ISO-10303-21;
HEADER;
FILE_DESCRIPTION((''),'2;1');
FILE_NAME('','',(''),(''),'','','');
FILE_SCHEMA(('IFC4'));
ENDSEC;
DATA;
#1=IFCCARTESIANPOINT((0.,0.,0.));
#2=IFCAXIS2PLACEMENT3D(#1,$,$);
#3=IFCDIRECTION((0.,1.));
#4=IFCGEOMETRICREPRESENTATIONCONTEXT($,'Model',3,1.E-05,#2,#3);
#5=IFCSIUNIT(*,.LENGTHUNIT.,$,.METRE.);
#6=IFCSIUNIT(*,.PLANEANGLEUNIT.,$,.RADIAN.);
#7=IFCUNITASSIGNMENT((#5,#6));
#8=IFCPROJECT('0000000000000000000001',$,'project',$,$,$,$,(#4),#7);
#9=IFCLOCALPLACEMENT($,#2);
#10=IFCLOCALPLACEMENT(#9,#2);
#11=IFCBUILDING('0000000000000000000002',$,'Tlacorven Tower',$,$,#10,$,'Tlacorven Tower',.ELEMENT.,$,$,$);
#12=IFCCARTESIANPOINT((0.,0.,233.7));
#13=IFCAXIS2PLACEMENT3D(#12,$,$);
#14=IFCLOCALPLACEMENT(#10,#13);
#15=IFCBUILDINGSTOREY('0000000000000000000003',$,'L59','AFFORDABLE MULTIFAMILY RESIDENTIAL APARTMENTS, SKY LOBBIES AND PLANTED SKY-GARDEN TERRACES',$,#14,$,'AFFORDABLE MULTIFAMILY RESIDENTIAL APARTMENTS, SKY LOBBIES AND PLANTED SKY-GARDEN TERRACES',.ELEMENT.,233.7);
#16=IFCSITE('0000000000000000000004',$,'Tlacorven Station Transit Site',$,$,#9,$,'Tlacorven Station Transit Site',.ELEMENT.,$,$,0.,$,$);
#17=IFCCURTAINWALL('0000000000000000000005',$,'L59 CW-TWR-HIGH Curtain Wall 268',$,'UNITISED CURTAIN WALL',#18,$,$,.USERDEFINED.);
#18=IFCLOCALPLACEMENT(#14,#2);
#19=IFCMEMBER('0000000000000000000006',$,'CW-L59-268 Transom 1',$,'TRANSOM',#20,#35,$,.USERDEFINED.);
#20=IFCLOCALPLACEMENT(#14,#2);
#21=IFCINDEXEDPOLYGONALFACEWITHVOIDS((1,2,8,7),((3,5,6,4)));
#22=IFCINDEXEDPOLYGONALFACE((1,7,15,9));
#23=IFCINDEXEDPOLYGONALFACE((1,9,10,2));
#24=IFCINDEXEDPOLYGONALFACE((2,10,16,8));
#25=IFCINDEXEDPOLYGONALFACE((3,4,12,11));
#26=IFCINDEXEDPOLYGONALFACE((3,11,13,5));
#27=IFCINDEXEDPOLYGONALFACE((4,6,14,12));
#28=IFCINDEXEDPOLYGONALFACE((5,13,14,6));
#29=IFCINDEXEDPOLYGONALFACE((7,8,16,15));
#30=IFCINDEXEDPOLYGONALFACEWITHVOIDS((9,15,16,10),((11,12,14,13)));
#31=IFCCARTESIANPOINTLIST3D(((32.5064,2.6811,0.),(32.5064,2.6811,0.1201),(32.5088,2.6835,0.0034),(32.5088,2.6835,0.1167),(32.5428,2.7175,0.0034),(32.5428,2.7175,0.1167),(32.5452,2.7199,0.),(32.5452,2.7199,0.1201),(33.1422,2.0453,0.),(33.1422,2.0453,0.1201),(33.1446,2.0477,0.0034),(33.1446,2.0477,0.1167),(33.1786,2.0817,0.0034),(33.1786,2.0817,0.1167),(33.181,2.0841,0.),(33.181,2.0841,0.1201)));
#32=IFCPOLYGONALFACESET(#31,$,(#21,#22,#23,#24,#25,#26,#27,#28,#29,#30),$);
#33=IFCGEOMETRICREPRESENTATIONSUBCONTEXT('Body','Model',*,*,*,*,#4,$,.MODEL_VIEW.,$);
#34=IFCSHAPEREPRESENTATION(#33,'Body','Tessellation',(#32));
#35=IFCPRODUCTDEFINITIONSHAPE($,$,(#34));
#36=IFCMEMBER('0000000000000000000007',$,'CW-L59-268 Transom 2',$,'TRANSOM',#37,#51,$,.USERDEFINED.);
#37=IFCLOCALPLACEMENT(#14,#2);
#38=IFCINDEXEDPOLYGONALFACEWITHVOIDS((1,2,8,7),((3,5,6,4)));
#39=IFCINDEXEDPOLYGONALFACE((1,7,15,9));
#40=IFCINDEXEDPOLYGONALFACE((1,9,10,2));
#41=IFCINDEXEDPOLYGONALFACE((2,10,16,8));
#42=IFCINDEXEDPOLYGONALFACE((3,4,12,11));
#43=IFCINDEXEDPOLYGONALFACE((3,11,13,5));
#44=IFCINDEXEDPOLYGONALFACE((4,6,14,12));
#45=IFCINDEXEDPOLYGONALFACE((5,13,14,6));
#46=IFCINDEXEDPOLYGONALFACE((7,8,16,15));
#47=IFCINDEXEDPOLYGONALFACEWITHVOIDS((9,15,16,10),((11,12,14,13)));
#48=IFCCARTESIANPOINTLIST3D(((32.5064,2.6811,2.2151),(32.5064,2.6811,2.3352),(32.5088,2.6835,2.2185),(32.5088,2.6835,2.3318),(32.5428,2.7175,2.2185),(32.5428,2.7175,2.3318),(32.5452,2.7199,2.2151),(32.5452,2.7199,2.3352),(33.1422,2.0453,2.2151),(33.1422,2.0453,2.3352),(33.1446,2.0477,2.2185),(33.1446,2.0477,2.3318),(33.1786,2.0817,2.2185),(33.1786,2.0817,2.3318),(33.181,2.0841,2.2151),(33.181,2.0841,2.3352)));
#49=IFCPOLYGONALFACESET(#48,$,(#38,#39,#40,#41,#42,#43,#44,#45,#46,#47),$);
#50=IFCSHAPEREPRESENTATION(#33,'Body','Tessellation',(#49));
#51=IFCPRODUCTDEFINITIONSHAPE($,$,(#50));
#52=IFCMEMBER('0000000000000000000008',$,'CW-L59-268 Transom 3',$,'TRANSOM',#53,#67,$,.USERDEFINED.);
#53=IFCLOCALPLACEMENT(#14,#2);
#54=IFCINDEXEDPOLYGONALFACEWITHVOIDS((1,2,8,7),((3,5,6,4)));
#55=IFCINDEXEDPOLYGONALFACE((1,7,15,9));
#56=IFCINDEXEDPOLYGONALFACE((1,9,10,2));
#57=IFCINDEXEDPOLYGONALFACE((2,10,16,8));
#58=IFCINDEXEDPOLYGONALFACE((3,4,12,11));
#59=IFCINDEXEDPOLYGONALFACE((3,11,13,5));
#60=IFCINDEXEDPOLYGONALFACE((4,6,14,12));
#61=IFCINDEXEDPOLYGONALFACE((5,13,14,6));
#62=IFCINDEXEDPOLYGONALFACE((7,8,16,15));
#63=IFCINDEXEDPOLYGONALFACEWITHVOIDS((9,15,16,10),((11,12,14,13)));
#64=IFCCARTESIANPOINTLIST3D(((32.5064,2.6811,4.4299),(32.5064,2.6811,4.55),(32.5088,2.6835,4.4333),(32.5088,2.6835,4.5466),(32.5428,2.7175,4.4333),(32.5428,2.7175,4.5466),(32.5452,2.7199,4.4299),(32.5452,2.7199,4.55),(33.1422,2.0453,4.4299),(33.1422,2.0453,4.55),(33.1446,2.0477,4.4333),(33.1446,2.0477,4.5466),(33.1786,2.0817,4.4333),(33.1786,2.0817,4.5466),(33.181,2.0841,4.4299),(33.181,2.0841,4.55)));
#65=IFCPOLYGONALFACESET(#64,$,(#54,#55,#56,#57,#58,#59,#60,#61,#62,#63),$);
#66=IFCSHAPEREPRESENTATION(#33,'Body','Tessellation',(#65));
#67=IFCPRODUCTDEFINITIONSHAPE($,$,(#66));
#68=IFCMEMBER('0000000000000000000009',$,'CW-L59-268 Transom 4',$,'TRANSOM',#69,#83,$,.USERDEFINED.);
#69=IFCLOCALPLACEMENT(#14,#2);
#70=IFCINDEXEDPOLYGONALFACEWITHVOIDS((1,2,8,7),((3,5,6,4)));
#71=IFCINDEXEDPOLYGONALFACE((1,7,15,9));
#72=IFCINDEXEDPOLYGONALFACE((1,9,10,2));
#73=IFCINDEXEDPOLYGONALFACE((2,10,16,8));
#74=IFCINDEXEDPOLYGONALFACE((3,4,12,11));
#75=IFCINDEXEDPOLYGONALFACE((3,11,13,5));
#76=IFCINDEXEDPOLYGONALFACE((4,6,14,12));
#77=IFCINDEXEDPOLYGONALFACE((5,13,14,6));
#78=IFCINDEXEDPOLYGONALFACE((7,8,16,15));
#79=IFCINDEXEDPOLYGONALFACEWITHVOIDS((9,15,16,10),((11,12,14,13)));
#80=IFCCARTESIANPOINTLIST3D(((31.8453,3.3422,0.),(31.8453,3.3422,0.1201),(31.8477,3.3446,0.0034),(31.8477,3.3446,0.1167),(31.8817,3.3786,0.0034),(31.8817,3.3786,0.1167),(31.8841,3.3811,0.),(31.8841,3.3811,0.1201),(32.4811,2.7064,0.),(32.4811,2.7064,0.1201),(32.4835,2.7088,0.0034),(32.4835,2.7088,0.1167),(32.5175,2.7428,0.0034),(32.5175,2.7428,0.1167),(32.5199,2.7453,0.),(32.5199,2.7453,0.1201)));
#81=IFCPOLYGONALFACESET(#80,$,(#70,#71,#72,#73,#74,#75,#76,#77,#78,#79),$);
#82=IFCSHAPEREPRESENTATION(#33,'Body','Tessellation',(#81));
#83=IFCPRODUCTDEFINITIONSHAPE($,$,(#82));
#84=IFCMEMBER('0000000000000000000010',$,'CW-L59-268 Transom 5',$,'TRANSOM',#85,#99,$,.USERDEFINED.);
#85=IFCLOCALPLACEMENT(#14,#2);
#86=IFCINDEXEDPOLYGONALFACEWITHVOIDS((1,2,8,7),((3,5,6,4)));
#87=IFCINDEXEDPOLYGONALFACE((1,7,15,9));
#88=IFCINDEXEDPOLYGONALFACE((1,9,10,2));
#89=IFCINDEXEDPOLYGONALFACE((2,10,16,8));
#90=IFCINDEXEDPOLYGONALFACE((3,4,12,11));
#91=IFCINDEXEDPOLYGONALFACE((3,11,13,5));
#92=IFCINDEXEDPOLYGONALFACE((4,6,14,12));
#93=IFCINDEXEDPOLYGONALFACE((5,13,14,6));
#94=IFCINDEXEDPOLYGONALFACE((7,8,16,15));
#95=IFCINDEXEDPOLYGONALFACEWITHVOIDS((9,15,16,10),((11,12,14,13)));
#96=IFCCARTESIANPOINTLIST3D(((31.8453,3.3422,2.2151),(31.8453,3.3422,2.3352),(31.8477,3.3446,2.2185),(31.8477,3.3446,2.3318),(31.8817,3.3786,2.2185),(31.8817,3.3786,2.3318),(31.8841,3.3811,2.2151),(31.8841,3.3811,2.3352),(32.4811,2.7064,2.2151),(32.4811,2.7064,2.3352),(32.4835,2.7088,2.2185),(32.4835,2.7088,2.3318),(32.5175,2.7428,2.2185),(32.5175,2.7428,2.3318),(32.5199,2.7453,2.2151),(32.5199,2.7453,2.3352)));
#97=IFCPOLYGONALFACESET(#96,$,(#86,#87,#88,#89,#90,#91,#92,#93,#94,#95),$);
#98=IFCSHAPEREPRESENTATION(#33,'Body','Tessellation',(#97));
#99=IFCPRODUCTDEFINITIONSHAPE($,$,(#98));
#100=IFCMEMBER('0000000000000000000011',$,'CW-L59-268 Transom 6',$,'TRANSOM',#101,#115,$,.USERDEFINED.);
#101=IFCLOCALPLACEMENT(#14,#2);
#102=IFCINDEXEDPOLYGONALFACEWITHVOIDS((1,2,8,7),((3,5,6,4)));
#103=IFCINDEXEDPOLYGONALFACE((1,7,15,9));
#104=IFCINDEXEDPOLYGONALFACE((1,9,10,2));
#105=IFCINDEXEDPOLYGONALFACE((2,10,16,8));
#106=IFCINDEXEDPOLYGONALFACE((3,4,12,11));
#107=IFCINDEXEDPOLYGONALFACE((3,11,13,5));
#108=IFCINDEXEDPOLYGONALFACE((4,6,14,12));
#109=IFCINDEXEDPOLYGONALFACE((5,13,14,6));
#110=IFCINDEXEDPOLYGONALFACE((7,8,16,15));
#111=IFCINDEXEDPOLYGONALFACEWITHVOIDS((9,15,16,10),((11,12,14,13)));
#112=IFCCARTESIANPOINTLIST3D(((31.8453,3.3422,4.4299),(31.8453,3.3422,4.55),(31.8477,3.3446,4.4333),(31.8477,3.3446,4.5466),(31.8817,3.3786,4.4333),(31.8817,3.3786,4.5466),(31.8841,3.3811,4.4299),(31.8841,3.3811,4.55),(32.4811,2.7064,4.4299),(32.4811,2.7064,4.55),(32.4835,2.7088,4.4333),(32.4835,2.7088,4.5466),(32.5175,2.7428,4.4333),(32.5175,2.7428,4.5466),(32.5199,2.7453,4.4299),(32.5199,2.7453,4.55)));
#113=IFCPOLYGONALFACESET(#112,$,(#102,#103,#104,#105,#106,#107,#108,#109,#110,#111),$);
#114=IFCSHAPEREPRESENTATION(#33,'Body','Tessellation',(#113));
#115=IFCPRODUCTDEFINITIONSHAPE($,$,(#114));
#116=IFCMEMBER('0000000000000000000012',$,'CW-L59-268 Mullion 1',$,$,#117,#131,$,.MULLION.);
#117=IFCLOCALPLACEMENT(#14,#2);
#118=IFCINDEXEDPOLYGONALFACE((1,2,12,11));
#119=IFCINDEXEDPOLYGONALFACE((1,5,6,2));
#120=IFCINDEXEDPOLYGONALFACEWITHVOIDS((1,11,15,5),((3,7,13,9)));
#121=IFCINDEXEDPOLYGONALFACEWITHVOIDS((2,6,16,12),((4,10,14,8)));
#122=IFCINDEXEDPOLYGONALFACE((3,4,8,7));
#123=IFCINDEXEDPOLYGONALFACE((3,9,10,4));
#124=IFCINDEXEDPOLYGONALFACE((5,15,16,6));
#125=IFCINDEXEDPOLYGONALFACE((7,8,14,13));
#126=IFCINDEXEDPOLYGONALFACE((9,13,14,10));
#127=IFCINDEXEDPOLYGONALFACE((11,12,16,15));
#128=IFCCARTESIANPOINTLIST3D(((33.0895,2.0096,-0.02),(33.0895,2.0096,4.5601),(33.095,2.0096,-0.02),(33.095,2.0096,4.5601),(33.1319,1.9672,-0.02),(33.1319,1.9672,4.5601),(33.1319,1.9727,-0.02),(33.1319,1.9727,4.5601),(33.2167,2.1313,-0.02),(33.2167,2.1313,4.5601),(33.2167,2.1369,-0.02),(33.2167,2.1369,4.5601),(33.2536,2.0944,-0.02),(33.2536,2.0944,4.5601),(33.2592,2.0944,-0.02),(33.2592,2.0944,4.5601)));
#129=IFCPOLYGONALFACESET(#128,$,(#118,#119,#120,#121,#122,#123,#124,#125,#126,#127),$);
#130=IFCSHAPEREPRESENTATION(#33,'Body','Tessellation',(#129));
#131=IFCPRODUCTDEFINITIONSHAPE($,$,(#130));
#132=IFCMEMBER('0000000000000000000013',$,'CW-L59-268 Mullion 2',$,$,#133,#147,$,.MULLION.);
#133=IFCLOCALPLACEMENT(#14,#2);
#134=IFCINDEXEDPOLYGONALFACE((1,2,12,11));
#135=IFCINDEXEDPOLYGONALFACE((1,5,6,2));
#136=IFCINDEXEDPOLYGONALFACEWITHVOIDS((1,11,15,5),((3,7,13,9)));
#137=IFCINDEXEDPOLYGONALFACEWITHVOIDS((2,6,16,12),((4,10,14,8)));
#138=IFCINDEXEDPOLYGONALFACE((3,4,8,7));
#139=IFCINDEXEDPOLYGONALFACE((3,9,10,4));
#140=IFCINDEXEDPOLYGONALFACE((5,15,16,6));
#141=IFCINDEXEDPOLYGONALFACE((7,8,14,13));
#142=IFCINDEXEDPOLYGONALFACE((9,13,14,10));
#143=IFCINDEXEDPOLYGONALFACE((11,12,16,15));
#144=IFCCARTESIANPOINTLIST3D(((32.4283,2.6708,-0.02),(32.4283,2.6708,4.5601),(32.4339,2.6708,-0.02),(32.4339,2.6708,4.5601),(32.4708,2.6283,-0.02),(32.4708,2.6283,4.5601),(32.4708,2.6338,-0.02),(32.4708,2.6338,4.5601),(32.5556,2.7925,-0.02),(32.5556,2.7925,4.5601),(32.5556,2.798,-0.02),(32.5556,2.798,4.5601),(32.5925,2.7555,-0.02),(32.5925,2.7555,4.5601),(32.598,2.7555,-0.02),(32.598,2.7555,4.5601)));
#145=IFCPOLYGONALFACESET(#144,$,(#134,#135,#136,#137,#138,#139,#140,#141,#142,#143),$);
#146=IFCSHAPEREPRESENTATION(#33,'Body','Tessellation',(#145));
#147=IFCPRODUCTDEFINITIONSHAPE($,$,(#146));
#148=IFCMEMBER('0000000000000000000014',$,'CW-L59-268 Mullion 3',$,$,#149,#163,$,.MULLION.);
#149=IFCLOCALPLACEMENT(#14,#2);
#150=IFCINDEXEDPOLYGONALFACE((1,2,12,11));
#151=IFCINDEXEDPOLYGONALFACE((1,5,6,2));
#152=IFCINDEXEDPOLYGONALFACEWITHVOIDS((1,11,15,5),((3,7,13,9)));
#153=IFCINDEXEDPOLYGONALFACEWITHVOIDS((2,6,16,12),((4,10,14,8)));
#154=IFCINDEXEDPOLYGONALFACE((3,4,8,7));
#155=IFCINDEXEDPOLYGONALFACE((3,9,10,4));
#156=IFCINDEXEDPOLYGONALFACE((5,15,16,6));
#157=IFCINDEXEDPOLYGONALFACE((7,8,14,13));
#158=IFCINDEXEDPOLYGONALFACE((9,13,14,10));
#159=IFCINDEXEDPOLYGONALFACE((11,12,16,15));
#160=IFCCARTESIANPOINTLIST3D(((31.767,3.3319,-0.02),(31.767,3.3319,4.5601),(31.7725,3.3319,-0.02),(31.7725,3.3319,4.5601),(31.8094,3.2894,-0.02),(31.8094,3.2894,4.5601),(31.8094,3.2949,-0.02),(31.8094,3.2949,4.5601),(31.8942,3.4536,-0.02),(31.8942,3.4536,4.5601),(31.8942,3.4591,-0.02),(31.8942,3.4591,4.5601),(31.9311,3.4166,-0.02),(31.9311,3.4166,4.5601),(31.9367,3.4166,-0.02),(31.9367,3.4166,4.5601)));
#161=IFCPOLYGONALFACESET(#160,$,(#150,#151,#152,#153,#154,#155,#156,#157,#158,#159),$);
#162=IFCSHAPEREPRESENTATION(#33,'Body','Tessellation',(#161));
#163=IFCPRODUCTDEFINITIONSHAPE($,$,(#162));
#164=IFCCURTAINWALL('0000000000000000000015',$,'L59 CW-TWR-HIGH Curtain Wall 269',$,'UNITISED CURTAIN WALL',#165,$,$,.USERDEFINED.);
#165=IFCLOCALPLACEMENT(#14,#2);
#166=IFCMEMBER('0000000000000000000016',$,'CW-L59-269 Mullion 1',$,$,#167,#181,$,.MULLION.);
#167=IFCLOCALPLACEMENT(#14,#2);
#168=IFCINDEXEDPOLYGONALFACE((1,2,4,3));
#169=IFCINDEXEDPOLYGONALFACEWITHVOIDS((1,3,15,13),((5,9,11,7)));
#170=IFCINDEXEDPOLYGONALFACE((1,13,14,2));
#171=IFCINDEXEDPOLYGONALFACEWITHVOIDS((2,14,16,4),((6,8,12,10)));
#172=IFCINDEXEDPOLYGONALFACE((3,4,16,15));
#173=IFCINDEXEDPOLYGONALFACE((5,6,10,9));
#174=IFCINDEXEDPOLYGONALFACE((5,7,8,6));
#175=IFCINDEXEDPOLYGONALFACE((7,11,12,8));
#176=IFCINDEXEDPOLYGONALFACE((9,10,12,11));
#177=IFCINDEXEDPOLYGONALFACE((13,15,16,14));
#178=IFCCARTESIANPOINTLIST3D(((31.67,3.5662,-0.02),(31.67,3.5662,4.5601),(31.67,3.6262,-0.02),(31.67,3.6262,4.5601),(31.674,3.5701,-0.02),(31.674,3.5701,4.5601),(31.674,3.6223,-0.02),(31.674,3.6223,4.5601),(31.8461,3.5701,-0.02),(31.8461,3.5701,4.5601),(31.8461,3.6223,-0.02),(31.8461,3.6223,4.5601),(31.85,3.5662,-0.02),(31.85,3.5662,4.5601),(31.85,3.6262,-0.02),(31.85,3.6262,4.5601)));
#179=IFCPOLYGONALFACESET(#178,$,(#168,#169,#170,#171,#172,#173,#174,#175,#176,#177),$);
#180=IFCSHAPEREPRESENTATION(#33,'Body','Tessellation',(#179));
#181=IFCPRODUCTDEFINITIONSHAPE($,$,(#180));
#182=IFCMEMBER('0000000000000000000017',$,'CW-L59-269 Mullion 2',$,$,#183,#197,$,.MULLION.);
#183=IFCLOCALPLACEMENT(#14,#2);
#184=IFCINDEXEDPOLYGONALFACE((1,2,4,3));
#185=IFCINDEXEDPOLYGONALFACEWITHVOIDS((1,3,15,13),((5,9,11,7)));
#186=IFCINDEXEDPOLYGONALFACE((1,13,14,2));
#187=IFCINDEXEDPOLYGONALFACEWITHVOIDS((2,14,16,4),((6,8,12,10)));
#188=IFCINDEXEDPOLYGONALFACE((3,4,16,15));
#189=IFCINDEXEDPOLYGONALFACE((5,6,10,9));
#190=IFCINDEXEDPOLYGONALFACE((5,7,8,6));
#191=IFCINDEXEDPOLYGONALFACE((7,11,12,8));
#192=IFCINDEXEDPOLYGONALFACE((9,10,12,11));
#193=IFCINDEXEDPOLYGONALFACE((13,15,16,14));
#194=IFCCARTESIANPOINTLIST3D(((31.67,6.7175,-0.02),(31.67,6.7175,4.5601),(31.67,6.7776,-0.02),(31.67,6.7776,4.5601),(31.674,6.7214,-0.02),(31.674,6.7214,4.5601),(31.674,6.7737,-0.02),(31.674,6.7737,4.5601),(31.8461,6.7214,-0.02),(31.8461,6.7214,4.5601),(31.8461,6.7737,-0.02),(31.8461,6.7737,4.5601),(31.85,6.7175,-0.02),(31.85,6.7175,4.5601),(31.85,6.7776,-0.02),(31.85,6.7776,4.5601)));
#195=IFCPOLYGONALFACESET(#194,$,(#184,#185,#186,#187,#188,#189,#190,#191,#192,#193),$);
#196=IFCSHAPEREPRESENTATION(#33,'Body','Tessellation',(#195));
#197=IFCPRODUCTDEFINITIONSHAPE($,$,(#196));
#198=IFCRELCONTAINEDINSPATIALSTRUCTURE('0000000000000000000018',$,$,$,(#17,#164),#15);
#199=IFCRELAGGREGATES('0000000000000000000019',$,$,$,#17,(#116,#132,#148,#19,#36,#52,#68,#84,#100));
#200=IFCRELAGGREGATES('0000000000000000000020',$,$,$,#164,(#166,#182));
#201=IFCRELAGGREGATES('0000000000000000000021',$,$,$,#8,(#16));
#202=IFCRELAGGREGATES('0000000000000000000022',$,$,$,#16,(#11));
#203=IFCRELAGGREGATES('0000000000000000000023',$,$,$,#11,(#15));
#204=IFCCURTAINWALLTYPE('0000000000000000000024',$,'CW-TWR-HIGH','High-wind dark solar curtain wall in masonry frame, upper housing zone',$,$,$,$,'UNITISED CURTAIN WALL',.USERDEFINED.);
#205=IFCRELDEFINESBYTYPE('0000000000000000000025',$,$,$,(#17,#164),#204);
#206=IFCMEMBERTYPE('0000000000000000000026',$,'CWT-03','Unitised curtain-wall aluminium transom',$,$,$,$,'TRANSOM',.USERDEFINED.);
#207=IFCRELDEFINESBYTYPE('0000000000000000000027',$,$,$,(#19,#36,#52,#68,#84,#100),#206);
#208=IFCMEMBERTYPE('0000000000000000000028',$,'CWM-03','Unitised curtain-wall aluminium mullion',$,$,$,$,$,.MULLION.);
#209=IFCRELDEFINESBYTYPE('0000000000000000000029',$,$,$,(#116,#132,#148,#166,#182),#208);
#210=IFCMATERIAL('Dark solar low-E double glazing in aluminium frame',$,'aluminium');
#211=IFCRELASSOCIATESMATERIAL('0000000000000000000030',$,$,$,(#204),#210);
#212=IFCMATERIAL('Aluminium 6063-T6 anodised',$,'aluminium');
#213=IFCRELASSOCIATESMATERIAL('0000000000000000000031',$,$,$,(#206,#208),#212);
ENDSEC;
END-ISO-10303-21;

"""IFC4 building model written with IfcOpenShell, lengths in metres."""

from ifc_helpers import new_model, si_unit, direction, frame, origin, origin_2d, place, context, subcontext, project, spatial, hollow_rectangle, extrude, source, transform, mapped, material, material_profile, profile_set, type_object, element, aggregate, save


model = new_model("IFC4")

# Units and contexts
model_context = context("Model", 3, precision=1e-05, world=origin(), true_north=direction((0.0, 1.0)))
body_context = subcontext(model_context, "Body", "Model", "MODEL_VIEW")
ifc_project = project(units=[si_unit("LENGTHUNIT", "METRE"), si_unit("PLANEANGLEUNIT", "RADIAN")], contexts=[model_context])

# Site, building, storey
site_placement = place(None, origin())
site = spatial("IfcSite", under=ifc_project, at=site_placement, Name="Tlacorven Station Transit Site", LongName="Tlacorven Station Transit Site", CompositionType="ELEMENT", RefElevation=0.0)
building_placement = place(site_placement, origin())
building = spatial("IfcBuilding", under=site, at=building_placement, Name="Tlacorven Tower", LongName="Tlacorven Tower", CompositionType="ELEMENT")
storey_placement = place(building_placement, frame((0.0, 0.0, 233.7)))
storey = spatial("IfcBuildingStorey", under=building, at=storey_placement, Name="L59", Description="AFFORDABLE MULTIFAMILY RESIDENTIAL APARTMENTS, SKY LOBBIES AND PLANTED SKY-GARDEN TERRACES", LongName="AFFORDABLE MULTIFAMILY RESIDENTIAL APARTMENTS, SKY LOBBIES AND PLANTED SKY-GARDEN TERRACES", CompositionType="ELEMENT", Elevation=233.7)

# Curtain walls, members
ifc_material_1 = material(Name="Dark solar low-E double glazing in aluminium frame", Category="aluminium")
curtain_wall_type = type_object("IfcCurtainWallType", Name="CW-TWR-HIGH", Description="High-wind dark solar curtain wall in masonry frame, upper housing zone", ElementType="UNITISED CURTAIN WALL", PredefinedType="USERDEFINED", material=ifc_material_1)
curtain_wall_1_placement = place(storey_placement, origin())
curtain_wall_1 = element("IfcCurtainWall", 1, at=curtain_wall_1_placement, inside=storey, type_object=curtain_wall_type, Name="L59 CW-TWR-HIGH Curtain Wall 268", ObjectType="UNITISED CURTAIN WALL", PredefinedType="USERDEFINED")
ifc_material_2 = material(Name="Aluminium 6063-T6 anodised", Category="aluminium")
ifc_material_profile_1 = material_profile(ifc_material_2, hollow_rectangle(XDim=0.0549, YDim=0.1201, WallThickness=0.0034, at=origin_2d()), Name="ALU TRANSOM 55X120")
ifc_profile_set_1 = profile_set([ifc_material_profile_1], Name="Aluminium 6063-T6 anodised")
member_type_1 = type_object("IfcMemberType", Name="CWT-03", Description="Unitised curtain-wall aluminium transom", ElementType="TRANSOM", PredefinedType="USERDEFINED", material=ifc_profile_set_1)
shared_shape_1 = source(origin(), body_context, "Body", "SweptSolid", [
    extrude(hollow_rectangle(XDim=0.0549, YDim=0.1201, WallThickness=0.0034, at=origin_2d()), origin(), (0.0, 0.0, 1.0), 0.8992),
])
member_1_placement = place(storey_placement, frame((33.1616, 2.0647, 0.0601), z_axis=(-0.707107, 0.707107, 0.0), x_axis=(-0.707107, -0.707107, 0.0)))
member_1 = element("IfcMember", 2, at=member_1_placement, type_object=member_type_1, Name="CW-L59-268 Transom 1", ObjectType="TRANSOM", PredefinedType="USERDEFINED", context=body_context, shape_type="MappedRepresentation", body=[
    mapped(shared_shape_1, transform((0.0, 0.0, 0.0), scale=1.0)),
])
member_2_placement = place(storey_placement, frame((33.1616, 2.0647, 2.2751), z_axis=(-0.707107, 0.707107, 0.0), x_axis=(-0.707107, -0.707107, 0.0)))
member_2 = element("IfcMember", 3, at=member_2_placement, type_object=member_type_1, Name="CW-L59-268 Transom 2", ObjectType="TRANSOM", PredefinedType="USERDEFINED", context=body_context, shape_type="MappedRepresentation", body=[
    mapped(shared_shape_1, transform((0.0, 0.0, 0.0), scale=1.0)),
])
member_3_placement = place(storey_placement, frame((33.1616, 2.0647, 4.49), z_axis=(-0.707107, 0.707107, 0.0), x_axis=(-0.707107, -0.707107, 0.0)))
member_3 = element("IfcMember", 4, at=member_3_placement, type_object=member_type_1, Name="CW-L59-268 Transom 3", ObjectType="TRANSOM", PredefinedType="USERDEFINED", context=body_context, shape_type="MappedRepresentation", body=[
    mapped(shared_shape_1, transform((0.0, 0.0, 0.0), scale=1.0)),
])
member_4_placement = place(storey_placement, frame((32.5005, 2.7258, 0.0601), z_axis=(-0.707107, 0.707107, 0.0), x_axis=(-0.707107, -0.707107, 0.0)))
member_4 = element("IfcMember", 5, at=member_4_placement, type_object=member_type_1, Name="CW-L59-268 Transom 4", ObjectType="TRANSOM", PredefinedType="USERDEFINED", context=body_context, shape_type="MappedRepresentation", body=[
    mapped(shared_shape_1, transform((0.0, 0.0, 0.0), scale=1.0)),
])
member_5_placement = place(storey_placement, frame((32.5005, 2.7258, 2.2751), z_axis=(-0.707107, 0.707107, 0.0), x_axis=(-0.707107, -0.707107, 0.0)))
member_5 = element("IfcMember", 6, at=member_5_placement, type_object=member_type_1, Name="CW-L59-268 Transom 5", ObjectType="TRANSOM", PredefinedType="USERDEFINED", context=body_context, shape_type="MappedRepresentation", body=[
    mapped(shared_shape_1, transform((0.0, 0.0, 0.0), scale=1.0)),
])
member_6_placement = place(storey_placement, frame((32.5005, 2.7258, 4.49), z_axis=(-0.707107, 0.707107, 0.0), x_axis=(-0.707107, -0.707107, 0.0)))
member_6 = element("IfcMember", 7, at=member_6_placement, type_object=member_type_1, Name="CW-L59-268 Transom 6", ObjectType="TRANSOM", PredefinedType="USERDEFINED", context=body_context, shape_type="MappedRepresentation", body=[
    mapped(shared_shape_1, transform((0.0, 0.0, 0.0), scale=1.0)),
])
ifc_material_profile_2 = material_profile(ifc_material_2, hollow_rectangle(XDim=0.0601, YDim=0.1799, WallThickness=0.0039, at=origin_2d()), Name="ALU MULLION 60X180")
ifc_profile_set_2 = profile_set([ifc_material_profile_2], Name="Aluminium 6063-T6 anodised")
member_type_2 = type_object("IfcMemberType", Name="CWM-03", Description="Unitised curtain-wall aluminium mullion", PredefinedType="MULLION", material=ifc_profile_set_2)
shared_shape_2 = source(origin(), body_context, "Body", "SweptSolid", [
    extrude(hollow_rectangle(XDim=0.0601, YDim=0.1799, WallThickness=0.0039, at=origin_2d()), origin(), (0.0, 0.0, 1.0), 4.5801),
])
member_7_placement = place(storey_placement, frame((33.1743, 2.052, -0.02), z_axis=(0.0, 0.0, 1.0), x_axis=(-0.707107, 0.707107, 0.0)))
member_7 = element("IfcMember", 8, at=member_7_placement, type_object=member_type_2, Name="CW-L59-268 Mullion 1", PredefinedType="MULLION", context=body_context, shape_type="MappedRepresentation", body=[
    mapped(shared_shape_2, transform((0.0, 0.0, 0.0), scale=1.0)),
])
member_8_placement = place(storey_placement, frame((32.5132, 2.7131, -0.02), z_axis=(0.0, 0.0, 1.0), x_axis=(-0.707107, 0.707107, 0.0)))
member_8 = element("IfcMember", 9, at=member_8_placement, type_object=member_type_2, Name="CW-L59-268 Mullion 2", PredefinedType="MULLION", context=body_context, shape_type="MappedRepresentation", body=[
    mapped(shared_shape_2, transform((0.0, 0.0, 0.0), scale=1.0)),
])
member_9_placement = place(storey_placement, frame((31.8518, 3.3743, -0.02), z_axis=(0.0, 0.0, 1.0), x_axis=(-0.707107, 0.707107, 0.0)))
member_9 = element("IfcMember", 10, at=member_9_placement, type_object=member_type_2, Name="CW-L59-268 Mullion 3", PredefinedType="MULLION", context=body_context, shape_type="MappedRepresentation", body=[
    mapped(shared_shape_2, transform((0.0, 0.0, 0.0), scale=1.0)),
])
curtain_wall_2_placement = place(storey_placement, origin())
curtain_wall_2 = element("IfcCurtainWall", 11, at=curtain_wall_2_placement, inside=storey, type_object=curtain_wall_type, Name="L59 CW-TWR-HIGH Curtain Wall 269", ObjectType="UNITISED CURTAIN WALL", PredefinedType="USERDEFINED")
member_10_placement = place(storey_placement, frame((31.76, 3.5962, -0.02), z_axis=(0.0, 0.0, 1.0), x_axis=(0.0, 1.0, 0.0)))
member_10 = element("IfcMember", 12, at=member_10_placement, type_object=member_type_2, Name="CW-L59-269 Mullion 1", PredefinedType="MULLION", context=body_context, shape_type="MappedRepresentation", body=[
    mapped(shared_shape_2, transform((0.0, 0.0, 0.0), scale=1.0)),
])
member_11_placement = place(storey_placement, frame((31.76, 6.7476, -0.02), z_axis=(0.0, 0.0, 1.0), x_axis=(0.0, 1.0, 0.0)))
member_11 = element("IfcMember", 13, at=member_11_placement, type_object=member_type_2, Name="CW-L59-269 Mullion 2", PredefinedType="MULLION", context=body_context, shape_type="MappedRepresentation", body=[
    mapped(shared_shape_2, transform((0.0, 0.0, 0.0), scale=1.0)),
])

aggregate(curtain_wall_1, [member_7, member_8, member_9, member_1, member_2, member_3, member_4, member_5, member_6])
aggregate(curtain_wall_2, [member_10, member_11])

save(model, "model.ifc")
